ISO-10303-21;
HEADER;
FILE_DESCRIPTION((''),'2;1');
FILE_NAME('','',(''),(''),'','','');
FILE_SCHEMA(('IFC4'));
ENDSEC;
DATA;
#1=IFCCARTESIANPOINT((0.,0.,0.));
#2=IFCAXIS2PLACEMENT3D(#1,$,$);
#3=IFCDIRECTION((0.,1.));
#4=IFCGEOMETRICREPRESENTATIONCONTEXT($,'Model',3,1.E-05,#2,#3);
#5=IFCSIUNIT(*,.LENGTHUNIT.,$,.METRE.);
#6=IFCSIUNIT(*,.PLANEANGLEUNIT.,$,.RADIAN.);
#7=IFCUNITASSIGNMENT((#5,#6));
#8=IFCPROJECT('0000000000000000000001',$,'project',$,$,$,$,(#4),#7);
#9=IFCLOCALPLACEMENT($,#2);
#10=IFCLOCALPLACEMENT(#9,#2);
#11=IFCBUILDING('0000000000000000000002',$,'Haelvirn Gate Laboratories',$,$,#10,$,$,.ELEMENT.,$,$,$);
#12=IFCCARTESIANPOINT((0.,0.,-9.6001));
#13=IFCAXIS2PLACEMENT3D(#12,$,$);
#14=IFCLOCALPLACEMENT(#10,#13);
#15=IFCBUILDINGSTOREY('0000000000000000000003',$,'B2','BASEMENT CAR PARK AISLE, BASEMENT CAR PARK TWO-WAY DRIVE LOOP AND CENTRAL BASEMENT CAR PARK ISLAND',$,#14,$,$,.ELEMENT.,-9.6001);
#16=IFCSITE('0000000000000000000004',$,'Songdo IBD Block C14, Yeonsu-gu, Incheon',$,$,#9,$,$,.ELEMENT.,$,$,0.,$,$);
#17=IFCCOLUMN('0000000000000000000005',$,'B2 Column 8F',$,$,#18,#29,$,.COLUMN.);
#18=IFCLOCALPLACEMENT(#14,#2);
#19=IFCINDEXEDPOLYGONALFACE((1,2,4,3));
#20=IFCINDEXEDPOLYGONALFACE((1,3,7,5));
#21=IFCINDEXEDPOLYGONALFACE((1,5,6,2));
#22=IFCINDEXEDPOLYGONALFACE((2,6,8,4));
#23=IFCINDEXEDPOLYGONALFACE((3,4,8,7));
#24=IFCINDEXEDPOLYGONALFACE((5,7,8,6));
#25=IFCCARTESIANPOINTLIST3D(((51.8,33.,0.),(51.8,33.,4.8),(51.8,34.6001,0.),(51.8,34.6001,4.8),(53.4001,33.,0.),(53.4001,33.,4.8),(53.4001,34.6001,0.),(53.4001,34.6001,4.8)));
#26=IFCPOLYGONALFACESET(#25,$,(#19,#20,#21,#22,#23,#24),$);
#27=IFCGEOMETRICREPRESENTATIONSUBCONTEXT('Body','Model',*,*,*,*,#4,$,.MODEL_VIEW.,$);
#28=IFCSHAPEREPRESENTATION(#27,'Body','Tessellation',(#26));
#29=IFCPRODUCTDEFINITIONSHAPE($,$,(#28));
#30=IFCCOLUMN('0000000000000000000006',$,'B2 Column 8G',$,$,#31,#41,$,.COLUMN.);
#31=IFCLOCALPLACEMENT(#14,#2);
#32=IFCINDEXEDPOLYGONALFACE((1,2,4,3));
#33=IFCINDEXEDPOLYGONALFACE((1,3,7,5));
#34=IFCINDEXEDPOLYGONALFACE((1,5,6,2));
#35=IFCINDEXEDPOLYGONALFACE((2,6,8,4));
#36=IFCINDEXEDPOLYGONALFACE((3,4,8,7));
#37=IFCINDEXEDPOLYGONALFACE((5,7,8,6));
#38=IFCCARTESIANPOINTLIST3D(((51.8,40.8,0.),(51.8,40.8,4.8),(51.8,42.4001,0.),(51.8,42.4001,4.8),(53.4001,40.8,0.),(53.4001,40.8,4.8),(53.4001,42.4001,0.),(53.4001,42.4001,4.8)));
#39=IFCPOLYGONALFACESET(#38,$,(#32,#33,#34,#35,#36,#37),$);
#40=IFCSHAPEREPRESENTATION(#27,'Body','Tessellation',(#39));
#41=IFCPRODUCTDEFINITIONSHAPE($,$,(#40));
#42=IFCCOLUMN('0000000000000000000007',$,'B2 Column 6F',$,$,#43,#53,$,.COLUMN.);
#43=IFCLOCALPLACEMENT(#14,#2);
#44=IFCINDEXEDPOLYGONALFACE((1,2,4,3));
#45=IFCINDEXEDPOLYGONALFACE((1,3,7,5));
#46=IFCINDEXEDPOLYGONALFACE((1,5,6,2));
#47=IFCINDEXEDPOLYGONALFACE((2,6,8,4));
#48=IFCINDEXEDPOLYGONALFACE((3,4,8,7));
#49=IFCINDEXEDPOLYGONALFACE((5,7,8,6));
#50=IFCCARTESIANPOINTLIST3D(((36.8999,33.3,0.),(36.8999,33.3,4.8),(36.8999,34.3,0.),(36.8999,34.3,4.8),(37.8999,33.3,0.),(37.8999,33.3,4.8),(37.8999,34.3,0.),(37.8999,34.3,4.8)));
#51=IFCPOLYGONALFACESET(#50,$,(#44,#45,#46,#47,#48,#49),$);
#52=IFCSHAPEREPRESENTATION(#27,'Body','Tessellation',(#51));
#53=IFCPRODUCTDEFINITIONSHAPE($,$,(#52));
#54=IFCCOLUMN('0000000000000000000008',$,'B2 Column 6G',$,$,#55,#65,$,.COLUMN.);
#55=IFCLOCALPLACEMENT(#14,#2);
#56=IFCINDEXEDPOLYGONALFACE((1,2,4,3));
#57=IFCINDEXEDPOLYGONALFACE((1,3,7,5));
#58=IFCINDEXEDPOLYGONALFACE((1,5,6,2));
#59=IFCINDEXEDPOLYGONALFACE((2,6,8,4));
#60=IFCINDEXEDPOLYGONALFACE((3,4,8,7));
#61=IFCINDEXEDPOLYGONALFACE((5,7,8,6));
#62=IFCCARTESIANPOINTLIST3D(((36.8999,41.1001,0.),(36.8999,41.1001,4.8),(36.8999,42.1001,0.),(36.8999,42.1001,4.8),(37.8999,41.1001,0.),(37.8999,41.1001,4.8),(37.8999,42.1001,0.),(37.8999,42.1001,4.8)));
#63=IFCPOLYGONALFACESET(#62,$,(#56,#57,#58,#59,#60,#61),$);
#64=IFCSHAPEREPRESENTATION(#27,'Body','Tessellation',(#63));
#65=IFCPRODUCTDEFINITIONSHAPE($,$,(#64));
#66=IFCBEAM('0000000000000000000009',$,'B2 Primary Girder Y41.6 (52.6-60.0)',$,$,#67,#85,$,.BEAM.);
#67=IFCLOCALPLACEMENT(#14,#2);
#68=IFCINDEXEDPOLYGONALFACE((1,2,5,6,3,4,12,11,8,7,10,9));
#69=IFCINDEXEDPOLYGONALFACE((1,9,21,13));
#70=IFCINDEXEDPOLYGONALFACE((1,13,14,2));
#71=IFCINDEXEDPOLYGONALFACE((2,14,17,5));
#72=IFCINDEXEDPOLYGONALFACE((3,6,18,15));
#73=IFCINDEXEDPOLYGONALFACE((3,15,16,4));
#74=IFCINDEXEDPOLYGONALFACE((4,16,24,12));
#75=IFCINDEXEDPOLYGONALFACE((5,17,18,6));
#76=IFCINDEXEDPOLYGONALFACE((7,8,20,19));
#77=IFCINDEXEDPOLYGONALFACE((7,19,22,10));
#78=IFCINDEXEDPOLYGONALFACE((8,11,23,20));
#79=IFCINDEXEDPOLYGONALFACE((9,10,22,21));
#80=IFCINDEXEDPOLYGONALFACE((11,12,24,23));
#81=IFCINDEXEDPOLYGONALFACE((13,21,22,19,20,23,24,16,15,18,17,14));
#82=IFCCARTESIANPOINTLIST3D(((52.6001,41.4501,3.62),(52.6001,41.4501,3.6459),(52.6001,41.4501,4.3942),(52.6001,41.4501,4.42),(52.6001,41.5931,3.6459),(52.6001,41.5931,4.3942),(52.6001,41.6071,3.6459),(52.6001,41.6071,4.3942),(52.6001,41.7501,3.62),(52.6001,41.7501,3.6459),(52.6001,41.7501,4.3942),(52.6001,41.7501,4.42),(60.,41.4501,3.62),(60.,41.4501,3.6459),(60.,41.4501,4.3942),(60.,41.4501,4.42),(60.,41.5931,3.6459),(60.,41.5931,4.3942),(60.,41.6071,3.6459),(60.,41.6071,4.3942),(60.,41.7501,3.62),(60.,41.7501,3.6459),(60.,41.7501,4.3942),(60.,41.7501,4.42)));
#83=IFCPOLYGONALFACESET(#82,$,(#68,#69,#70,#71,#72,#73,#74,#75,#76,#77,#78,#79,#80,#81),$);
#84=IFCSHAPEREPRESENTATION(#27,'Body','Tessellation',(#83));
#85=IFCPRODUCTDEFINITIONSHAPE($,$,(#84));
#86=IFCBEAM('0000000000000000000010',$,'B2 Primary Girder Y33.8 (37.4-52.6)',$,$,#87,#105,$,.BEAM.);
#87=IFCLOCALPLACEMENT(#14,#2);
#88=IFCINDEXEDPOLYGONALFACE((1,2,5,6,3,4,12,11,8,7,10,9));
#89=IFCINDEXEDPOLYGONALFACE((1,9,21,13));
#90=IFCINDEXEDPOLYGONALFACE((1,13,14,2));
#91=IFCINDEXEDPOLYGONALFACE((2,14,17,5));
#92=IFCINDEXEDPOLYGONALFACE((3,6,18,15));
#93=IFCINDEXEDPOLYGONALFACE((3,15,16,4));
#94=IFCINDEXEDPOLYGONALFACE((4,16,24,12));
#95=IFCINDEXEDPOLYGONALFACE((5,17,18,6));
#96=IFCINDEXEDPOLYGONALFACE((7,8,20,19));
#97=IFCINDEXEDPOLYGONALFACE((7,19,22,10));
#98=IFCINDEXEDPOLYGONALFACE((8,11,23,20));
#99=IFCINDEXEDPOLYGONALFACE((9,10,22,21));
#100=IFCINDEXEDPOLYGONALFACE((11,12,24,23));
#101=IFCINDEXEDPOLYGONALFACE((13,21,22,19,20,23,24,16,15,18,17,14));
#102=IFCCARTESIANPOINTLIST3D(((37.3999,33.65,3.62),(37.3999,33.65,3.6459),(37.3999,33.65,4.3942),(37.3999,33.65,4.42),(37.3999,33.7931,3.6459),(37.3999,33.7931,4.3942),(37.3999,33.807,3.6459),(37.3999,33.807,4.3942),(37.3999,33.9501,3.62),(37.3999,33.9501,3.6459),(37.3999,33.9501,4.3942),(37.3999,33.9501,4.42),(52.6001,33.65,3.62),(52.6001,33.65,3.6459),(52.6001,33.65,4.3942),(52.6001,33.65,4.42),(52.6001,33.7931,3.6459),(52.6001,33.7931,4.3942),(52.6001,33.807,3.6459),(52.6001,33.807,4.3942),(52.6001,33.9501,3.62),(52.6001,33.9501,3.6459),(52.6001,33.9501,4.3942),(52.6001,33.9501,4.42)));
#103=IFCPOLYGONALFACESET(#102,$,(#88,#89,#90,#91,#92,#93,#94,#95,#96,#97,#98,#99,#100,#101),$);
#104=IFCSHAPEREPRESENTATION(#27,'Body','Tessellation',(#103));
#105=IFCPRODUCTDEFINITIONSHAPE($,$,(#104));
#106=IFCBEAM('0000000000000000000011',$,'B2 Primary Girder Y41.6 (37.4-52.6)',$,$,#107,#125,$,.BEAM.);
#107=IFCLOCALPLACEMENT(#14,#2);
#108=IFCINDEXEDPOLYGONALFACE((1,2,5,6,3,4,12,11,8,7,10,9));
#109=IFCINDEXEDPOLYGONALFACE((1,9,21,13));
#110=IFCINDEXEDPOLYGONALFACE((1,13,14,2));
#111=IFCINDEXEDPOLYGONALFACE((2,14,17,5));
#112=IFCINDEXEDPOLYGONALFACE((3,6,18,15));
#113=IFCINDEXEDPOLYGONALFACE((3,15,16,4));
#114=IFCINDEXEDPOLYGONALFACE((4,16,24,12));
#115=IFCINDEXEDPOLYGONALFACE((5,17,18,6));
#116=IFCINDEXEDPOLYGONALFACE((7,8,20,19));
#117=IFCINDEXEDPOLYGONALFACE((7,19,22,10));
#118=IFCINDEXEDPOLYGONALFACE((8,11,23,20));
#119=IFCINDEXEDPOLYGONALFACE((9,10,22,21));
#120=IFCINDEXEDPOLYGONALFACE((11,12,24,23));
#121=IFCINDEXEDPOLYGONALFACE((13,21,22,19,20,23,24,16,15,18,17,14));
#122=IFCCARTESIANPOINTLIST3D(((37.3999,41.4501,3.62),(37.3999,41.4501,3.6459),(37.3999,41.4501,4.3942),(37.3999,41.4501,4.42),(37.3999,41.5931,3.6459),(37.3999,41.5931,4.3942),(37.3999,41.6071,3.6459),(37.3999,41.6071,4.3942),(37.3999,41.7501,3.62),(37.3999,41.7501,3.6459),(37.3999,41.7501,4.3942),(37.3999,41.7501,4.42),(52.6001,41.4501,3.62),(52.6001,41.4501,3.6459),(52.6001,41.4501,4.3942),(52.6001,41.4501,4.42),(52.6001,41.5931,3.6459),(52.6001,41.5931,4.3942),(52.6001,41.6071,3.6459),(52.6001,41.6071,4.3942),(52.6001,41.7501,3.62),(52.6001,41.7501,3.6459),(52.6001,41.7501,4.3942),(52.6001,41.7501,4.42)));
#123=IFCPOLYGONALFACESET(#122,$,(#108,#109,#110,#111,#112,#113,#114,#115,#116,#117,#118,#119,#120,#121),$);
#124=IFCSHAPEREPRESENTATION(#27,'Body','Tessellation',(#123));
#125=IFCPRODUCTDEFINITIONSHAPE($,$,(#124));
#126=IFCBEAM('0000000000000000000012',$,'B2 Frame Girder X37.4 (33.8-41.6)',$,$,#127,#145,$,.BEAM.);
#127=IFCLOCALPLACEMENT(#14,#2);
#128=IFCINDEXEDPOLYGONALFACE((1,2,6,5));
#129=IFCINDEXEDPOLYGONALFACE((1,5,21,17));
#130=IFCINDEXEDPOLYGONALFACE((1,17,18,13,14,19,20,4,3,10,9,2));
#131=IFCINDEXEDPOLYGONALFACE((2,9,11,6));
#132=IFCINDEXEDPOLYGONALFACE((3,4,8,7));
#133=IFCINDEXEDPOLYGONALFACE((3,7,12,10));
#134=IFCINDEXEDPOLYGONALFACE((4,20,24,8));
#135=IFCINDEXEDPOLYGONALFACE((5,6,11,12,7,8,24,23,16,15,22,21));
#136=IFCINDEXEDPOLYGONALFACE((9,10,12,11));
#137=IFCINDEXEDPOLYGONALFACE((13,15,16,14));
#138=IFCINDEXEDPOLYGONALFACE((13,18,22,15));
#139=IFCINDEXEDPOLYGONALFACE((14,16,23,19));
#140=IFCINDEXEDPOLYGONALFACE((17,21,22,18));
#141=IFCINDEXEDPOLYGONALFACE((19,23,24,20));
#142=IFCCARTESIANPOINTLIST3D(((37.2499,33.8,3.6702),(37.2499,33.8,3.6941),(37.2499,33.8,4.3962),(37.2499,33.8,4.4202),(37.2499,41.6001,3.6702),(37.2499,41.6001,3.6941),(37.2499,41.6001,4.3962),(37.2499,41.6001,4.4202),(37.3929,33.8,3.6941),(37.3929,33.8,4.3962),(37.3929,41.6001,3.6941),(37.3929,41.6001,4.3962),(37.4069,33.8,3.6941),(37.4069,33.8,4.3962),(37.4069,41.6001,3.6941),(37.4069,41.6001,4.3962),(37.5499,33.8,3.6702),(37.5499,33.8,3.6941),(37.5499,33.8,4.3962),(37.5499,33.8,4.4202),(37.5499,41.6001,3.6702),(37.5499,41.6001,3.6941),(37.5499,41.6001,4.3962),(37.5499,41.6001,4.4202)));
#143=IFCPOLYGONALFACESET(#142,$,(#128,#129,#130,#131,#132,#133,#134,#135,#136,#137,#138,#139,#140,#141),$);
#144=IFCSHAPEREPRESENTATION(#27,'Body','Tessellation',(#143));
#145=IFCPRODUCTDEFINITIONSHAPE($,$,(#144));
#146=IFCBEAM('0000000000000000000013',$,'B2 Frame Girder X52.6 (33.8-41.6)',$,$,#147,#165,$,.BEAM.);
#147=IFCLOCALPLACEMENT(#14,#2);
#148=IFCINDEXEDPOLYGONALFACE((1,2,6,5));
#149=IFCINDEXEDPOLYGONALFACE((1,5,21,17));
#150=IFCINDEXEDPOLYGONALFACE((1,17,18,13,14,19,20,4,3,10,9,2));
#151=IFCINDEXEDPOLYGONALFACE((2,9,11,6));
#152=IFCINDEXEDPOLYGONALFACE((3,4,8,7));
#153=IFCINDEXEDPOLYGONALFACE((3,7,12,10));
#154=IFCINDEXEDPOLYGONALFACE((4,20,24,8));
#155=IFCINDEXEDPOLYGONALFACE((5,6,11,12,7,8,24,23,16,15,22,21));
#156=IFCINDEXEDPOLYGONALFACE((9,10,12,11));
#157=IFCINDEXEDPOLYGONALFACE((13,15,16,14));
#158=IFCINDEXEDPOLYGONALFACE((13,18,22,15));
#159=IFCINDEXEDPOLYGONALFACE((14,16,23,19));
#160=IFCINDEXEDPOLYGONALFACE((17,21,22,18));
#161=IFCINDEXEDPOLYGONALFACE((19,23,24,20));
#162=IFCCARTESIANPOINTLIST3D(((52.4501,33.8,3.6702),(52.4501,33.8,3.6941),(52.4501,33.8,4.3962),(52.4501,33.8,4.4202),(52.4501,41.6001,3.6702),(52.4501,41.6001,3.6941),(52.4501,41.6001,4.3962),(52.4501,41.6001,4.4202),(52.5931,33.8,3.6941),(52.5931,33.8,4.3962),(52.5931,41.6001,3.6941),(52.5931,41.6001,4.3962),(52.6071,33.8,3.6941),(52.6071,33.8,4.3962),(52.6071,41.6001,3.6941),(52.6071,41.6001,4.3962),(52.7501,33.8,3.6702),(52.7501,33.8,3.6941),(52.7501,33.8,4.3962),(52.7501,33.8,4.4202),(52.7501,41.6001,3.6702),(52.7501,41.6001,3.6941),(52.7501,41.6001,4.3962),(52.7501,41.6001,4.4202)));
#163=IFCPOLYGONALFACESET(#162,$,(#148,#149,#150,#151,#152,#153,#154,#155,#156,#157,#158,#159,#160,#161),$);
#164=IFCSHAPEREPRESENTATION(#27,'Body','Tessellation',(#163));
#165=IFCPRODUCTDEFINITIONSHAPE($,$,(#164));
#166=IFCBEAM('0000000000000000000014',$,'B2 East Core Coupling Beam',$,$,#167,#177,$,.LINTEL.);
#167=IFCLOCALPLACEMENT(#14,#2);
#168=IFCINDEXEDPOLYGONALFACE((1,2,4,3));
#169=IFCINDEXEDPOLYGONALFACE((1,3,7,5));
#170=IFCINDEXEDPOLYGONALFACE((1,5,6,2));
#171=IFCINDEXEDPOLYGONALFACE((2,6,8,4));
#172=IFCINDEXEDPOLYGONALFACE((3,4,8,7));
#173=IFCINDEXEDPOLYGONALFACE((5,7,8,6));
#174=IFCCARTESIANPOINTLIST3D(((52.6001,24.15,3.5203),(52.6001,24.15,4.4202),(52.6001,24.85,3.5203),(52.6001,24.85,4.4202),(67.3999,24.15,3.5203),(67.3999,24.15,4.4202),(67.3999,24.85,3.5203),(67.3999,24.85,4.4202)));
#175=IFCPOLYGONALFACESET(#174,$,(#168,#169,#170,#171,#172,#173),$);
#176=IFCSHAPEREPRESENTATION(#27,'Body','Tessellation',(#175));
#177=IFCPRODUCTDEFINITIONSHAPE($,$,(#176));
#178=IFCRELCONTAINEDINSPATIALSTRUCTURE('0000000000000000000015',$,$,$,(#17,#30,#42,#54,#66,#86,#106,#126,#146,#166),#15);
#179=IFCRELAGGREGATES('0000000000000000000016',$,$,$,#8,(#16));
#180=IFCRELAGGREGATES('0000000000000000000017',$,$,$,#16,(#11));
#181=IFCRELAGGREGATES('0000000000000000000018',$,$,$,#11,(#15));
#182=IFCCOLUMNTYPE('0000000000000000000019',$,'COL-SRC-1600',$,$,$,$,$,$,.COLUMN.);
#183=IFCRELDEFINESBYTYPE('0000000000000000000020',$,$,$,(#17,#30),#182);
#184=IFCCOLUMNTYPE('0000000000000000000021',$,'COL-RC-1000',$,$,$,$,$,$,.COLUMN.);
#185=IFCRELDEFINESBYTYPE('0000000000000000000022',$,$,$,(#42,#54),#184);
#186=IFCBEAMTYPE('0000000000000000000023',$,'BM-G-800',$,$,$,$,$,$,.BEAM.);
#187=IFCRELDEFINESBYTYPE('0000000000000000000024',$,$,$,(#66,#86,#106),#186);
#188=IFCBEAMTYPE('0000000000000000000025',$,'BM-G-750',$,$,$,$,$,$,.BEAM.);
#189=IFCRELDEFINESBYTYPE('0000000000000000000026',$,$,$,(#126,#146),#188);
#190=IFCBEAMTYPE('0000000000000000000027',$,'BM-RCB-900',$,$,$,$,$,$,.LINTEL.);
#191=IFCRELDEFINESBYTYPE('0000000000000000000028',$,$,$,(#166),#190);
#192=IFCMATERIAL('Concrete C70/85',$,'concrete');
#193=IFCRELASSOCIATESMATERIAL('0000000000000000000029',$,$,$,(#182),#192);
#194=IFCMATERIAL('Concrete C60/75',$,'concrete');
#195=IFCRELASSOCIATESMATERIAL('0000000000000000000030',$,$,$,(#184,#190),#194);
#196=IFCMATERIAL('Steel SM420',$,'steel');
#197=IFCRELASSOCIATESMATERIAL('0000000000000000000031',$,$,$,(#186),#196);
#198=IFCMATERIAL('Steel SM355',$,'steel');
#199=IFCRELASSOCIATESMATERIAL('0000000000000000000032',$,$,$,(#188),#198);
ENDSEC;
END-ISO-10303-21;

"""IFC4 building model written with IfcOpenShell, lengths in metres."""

from ifc_helpers import new_model, si_unit, direction, frame, origin, origin_2d, place, context, subcontext, project, spatial, rectangle, i_section, extrude, source, transform, mapped, material, material_profile, profile_set, type_object, type_shapes, element, save


model = new_model("IFC4")

# Units and contexts
model_context = context("Model", 3, precision=1e-05, world=origin(), true_north=direction((0.0, 1.0)))
body_context = subcontext(model_context, "Body", "Model", "MODEL_VIEW")
ifc_project = project(units=[si_unit("LENGTHUNIT", "METRE"), si_unit("PLANEANGLEUNIT", "RADIAN")], contexts=[model_context])

# Site, building, storey
site_placement = place(None, origin())
site = spatial("IfcSite", under=ifc_project, at=site_placement, Name="Songdo IBD Block C14, Yeonsu-gu, Incheon", CompositionType="ELEMENT", RefElevation=0.0)
building_placement = place(site_placement, origin())
building = spatial("IfcBuilding", under=site, at=building_placement, Name="Haelvirn Gate Laboratories", CompositionType="ELEMENT")
storey_placement = place(building_placement, frame((0.0, 0.0, -9.6001)))
storey = spatial("IfcBuildingStorey", under=building, at=storey_placement, Name="B2", Description="BASEMENT CAR PARK AISLE, BASEMENT CAR PARK TWO-WAY DRIVE LOOP AND CENTRAL BASEMENT CAR PARK ISLAND", CompositionType="ELEMENT", Elevation=-9.6001)

# Columns
ifc_material_1 = material(Name="Concrete C70/85", Category="concrete")
ifc_material_profile_1 = material_profile(ifc_material_1, rectangle(XDim=1.6001, YDim=1.6001, at=origin_2d()), Name="SRC-1600x1600")
ifc_profile_set_1 = profile_set([ifc_material_profile_1], Name="Concrete C70/85")
column_type_1 = type_object("IfcColumnType", Name="COL-SRC-1600", PredefinedType="COLUMN", material=ifc_profile_set_1)
shared_shape_1 = source(origin(), body_context, "Body", "SweptSolid", [
    extrude(rectangle(XDim=1.6001, YDim=1.6001, at=origin_2d()), origin(), (0.0, 0.0, 1.0), 4.8),
])
type_shapes(column_type_1, [shared_shape_1])
for number, where, z_axis, x_axis, name in (
    (1, (52.6001, 33.8, 0.0), (0.0, 0.0, 1.0), (1.0, 0.0, 0.0), "B2 Column 8F"),
    (2, (52.6001, 41.6001, 0.0), (0.0, 0.0, 1.0), (1.0, 0.0, 0.0), "B2 Column 8G"),
):
    element("IfcColumn", number, at=place(storey_placement, frame(where, z_axis=z_axis, x_axis=x_axis)), inside=storey, type_object=column_type_1, Name=name, PredefinedType="COLUMN", context=body_context, shape_type="MappedRepresentation", body=[
        mapped(shared_shape_1, transform((0.0, 0.0, 0.0), scale=1.0)),
    ])
ifc_material_2 = material(Name="Concrete C60/75", Category="concrete")
ifc_material_profile_2 = material_profile(ifc_material_2, rectangle(XDim=1.0, YDim=1.0, at=origin_2d()), Name="RC-1000x1000")
ifc_profile_set_2 = profile_set([ifc_material_profile_2], Name="Concrete C60/75")
column_type_2 = type_object("IfcColumnType", Name="COL-RC-1000", PredefinedType="COLUMN", material=ifc_profile_set_2)
shared_shape_2 = source(origin(), body_context, "Body", "SweptSolid", [
    extrude(rectangle(XDim=1.0, YDim=1.0, at=origin_2d()), origin(), (0.0, 0.0, 1.0), 4.8),
])
type_shapes(column_type_2, [shared_shape_2])
for number, where, z_axis, x_axis, name in (
    (3, (37.3999, 33.8, 0.0), (0.0, 0.0, 1.0), (1.0, 0.0, 0.0), "B2 Column 6F"),
    (4, (37.3999, 41.6001, 0.0), (0.0, 0.0, 1.0), (1.0, 0.0, 0.0), "B2 Column 6G"),
):
    element("IfcColumn", number, at=place(storey_placement, frame(where, z_axis=z_axis, x_axis=x_axis)), inside=storey, type_object=column_type_2, Name=name, PredefinedType="COLUMN", context=body_context, shape_type="MappedRepresentation", body=[
        mapped(shared_shape_2, transform((0.0, 0.0, 0.0), scale=1.0)),
    ])

# Beams
ifc_material_3 = material(Name="Steel SM420", Category="steel")
ifc_material_profile_3 = material_profile(ifc_material_3, i_section(OverallWidth=0.3, OverallDepth=0.8, WebThickness=0.0139, FlangeThickness=0.0259, at=origin_2d()), Name="H-800x300x14x26")
ifc_profile_set_3 = profile_set([ifc_material_profile_3], Name="Steel SM420")
beam_type_1 = type_object("IfcBeamType", Name="BM-G-800", PredefinedType="BEAM", material=ifc_profile_set_3)
shared_shape_3 = source(origin(), body_context, "Body", "SweptSolid", [
    extrude(i_section(OverallWidth=0.3, OverallDepth=0.8, WebThickness=0.0139, FlangeThickness=0.0259, at=origin_2d()), origin(), (0.0, 0.0, 1.0), 7.3999),
])
beam_1_placement = place(storey_placement, frame((52.6001, 41.6001, 4.02), z_axis=(1.0, 0.0, 0.0), x_axis=(0.0, 1.0, 0.0)))
element("IfcBeam", 5, at=beam_1_placement, inside=storey, type_object=beam_type_1, Name="B2 Primary Girder Y41.6 (52.6-60.0)", PredefinedType="BEAM", context=body_context, shape_type="MappedRepresentation", body=[
    mapped(shared_shape_3, transform((0.0, 0.0, 0.0), scale=1.0)),
])
shared_shape_4 = source(origin(), body_context, "Body", "SweptSolid", [
    extrude(i_section(OverallWidth=0.3, OverallDepth=0.8, WebThickness=0.0139, FlangeThickness=0.0259, at=origin_2d()), origin(), (0.0, 0.0, 1.0), 15.2002),
])
type_shapes(beam_type_1, [shared_shape_3, shared_shape_4])
for number, where, z_axis, x_axis, name in (
    (6, (37.3999, 33.8, 4.02), (1.0, 0.0, 0.0), (0.0, 1.0, 0.0), "B2 Primary Girder Y33.8 (37.4-52.6)"),
    (7, (37.3999, 41.6001, 4.02), (1.0, 0.0, 0.0), (0.0, 1.0, 0.0), "B2 Primary Girder Y41.6 (37.4-52.6)"),
):
    element("IfcBeam", number, at=place(storey_placement, frame(where, z_axis=z_axis, x_axis=x_axis)), inside=storey, type_object=beam_type_1, Name=name, PredefinedType="BEAM", context=body_context, shape_type="MappedRepresentation", body=[
        mapped(shared_shape_4, transform((0.0, 0.0, 0.0), scale=1.0)),
    ])
ifc_material_4 = material(Name="Steel SM355", Category="steel")
ifc_material_profile_4 = material_profile(ifc_material_4, i_section(OverallWidth=0.3, OverallDepth=0.75, WebThickness=0.0139, FlangeThickness=0.0239, at=origin_2d()), Name="H-750x300x14x24")
ifc_profile_set_4 = profile_set([ifc_material_profile_4], Name="Steel SM355")
beam_type_2 = type_object("IfcBeamType", Name="BM-G-750", PredefinedType="BEAM", material=ifc_profile_set_4)
shared_shape_5 = source(origin(), body_context, "Body", "SweptSolid", [
    extrude(i_section(OverallWidth=0.3, OverallDepth=0.75, WebThickness=0.0139, FlangeThickness=0.0239, at=origin_2d()), origin(), (0.0, 0.0, 1.0), 7.8),
])
type_shapes(beam_type_2, [shared_shape_5])
for number, where, z_axis, x_axis, name in (
    (8, (37.3999, 33.8, 4.0452), (0.0, 1.0, 0.0), (-1.0, 0.0, 0.0), "B2 Frame Girder X37.4 (33.8-41.6)"),
    (9, (52.6001, 33.8, 4.0452), (0.0, 1.0, 0.0), (-1.0, 0.0, 0.0), "B2 Frame Girder X52.6 (33.8-41.6)"),
):
    element("IfcBeam", number, at=place(storey_placement, frame(where, z_axis=z_axis, x_axis=x_axis)), inside=storey, type_object=beam_type_2, Name=name, PredefinedType="BEAM", context=body_context, shape_type="MappedRepresentation", body=[
        mapped(shared_shape_5, transform((0.0, 0.0, 0.0), scale=1.0)),
    ])
ifc_material_profile_5 = material_profile(ifc_material_2, rectangle(XDim=0.7, YDim=0.8999, at=origin_2d()), Name="RCB-700x900")
ifc_profile_set_5 = profile_set([ifc_material_profile_5], Name="Concrete C60/75")
beam_type_3 = type_object("IfcBeamType", Name="BM-RCB-900", PredefinedType="LINTEL", material=ifc_profile_set_5)
shared_shape_6 = source(origin(), body_context, "Body", "SweptSolid", [
    extrude(rectangle(XDim=0.7, YDim=0.8999, at=origin_2d()), origin(), (0.0, 0.0, 1.0), 14.7998),
])
type_shapes(beam_type_3, [shared_shape_6])
beam_2_placement = place(storey_placement, frame((52.6001, 24.5, 3.9702), z_axis=(1.0, 0.0, 0.0), x_axis=(0.0, 1.0, 0.0)))
element("IfcBeam", 10, at=beam_2_placement, inside=storey, type_object=beam_type_3, Name="B2 East Core Coupling Beam", PredefinedType="LINTEL", context=body_context, shape_type="MappedRepresentation", body=[
    mapped(shared_shape_6, transform((0.0, 0.0, 0.0), scale=1.0)),
])

save(model, "model.ifc")
